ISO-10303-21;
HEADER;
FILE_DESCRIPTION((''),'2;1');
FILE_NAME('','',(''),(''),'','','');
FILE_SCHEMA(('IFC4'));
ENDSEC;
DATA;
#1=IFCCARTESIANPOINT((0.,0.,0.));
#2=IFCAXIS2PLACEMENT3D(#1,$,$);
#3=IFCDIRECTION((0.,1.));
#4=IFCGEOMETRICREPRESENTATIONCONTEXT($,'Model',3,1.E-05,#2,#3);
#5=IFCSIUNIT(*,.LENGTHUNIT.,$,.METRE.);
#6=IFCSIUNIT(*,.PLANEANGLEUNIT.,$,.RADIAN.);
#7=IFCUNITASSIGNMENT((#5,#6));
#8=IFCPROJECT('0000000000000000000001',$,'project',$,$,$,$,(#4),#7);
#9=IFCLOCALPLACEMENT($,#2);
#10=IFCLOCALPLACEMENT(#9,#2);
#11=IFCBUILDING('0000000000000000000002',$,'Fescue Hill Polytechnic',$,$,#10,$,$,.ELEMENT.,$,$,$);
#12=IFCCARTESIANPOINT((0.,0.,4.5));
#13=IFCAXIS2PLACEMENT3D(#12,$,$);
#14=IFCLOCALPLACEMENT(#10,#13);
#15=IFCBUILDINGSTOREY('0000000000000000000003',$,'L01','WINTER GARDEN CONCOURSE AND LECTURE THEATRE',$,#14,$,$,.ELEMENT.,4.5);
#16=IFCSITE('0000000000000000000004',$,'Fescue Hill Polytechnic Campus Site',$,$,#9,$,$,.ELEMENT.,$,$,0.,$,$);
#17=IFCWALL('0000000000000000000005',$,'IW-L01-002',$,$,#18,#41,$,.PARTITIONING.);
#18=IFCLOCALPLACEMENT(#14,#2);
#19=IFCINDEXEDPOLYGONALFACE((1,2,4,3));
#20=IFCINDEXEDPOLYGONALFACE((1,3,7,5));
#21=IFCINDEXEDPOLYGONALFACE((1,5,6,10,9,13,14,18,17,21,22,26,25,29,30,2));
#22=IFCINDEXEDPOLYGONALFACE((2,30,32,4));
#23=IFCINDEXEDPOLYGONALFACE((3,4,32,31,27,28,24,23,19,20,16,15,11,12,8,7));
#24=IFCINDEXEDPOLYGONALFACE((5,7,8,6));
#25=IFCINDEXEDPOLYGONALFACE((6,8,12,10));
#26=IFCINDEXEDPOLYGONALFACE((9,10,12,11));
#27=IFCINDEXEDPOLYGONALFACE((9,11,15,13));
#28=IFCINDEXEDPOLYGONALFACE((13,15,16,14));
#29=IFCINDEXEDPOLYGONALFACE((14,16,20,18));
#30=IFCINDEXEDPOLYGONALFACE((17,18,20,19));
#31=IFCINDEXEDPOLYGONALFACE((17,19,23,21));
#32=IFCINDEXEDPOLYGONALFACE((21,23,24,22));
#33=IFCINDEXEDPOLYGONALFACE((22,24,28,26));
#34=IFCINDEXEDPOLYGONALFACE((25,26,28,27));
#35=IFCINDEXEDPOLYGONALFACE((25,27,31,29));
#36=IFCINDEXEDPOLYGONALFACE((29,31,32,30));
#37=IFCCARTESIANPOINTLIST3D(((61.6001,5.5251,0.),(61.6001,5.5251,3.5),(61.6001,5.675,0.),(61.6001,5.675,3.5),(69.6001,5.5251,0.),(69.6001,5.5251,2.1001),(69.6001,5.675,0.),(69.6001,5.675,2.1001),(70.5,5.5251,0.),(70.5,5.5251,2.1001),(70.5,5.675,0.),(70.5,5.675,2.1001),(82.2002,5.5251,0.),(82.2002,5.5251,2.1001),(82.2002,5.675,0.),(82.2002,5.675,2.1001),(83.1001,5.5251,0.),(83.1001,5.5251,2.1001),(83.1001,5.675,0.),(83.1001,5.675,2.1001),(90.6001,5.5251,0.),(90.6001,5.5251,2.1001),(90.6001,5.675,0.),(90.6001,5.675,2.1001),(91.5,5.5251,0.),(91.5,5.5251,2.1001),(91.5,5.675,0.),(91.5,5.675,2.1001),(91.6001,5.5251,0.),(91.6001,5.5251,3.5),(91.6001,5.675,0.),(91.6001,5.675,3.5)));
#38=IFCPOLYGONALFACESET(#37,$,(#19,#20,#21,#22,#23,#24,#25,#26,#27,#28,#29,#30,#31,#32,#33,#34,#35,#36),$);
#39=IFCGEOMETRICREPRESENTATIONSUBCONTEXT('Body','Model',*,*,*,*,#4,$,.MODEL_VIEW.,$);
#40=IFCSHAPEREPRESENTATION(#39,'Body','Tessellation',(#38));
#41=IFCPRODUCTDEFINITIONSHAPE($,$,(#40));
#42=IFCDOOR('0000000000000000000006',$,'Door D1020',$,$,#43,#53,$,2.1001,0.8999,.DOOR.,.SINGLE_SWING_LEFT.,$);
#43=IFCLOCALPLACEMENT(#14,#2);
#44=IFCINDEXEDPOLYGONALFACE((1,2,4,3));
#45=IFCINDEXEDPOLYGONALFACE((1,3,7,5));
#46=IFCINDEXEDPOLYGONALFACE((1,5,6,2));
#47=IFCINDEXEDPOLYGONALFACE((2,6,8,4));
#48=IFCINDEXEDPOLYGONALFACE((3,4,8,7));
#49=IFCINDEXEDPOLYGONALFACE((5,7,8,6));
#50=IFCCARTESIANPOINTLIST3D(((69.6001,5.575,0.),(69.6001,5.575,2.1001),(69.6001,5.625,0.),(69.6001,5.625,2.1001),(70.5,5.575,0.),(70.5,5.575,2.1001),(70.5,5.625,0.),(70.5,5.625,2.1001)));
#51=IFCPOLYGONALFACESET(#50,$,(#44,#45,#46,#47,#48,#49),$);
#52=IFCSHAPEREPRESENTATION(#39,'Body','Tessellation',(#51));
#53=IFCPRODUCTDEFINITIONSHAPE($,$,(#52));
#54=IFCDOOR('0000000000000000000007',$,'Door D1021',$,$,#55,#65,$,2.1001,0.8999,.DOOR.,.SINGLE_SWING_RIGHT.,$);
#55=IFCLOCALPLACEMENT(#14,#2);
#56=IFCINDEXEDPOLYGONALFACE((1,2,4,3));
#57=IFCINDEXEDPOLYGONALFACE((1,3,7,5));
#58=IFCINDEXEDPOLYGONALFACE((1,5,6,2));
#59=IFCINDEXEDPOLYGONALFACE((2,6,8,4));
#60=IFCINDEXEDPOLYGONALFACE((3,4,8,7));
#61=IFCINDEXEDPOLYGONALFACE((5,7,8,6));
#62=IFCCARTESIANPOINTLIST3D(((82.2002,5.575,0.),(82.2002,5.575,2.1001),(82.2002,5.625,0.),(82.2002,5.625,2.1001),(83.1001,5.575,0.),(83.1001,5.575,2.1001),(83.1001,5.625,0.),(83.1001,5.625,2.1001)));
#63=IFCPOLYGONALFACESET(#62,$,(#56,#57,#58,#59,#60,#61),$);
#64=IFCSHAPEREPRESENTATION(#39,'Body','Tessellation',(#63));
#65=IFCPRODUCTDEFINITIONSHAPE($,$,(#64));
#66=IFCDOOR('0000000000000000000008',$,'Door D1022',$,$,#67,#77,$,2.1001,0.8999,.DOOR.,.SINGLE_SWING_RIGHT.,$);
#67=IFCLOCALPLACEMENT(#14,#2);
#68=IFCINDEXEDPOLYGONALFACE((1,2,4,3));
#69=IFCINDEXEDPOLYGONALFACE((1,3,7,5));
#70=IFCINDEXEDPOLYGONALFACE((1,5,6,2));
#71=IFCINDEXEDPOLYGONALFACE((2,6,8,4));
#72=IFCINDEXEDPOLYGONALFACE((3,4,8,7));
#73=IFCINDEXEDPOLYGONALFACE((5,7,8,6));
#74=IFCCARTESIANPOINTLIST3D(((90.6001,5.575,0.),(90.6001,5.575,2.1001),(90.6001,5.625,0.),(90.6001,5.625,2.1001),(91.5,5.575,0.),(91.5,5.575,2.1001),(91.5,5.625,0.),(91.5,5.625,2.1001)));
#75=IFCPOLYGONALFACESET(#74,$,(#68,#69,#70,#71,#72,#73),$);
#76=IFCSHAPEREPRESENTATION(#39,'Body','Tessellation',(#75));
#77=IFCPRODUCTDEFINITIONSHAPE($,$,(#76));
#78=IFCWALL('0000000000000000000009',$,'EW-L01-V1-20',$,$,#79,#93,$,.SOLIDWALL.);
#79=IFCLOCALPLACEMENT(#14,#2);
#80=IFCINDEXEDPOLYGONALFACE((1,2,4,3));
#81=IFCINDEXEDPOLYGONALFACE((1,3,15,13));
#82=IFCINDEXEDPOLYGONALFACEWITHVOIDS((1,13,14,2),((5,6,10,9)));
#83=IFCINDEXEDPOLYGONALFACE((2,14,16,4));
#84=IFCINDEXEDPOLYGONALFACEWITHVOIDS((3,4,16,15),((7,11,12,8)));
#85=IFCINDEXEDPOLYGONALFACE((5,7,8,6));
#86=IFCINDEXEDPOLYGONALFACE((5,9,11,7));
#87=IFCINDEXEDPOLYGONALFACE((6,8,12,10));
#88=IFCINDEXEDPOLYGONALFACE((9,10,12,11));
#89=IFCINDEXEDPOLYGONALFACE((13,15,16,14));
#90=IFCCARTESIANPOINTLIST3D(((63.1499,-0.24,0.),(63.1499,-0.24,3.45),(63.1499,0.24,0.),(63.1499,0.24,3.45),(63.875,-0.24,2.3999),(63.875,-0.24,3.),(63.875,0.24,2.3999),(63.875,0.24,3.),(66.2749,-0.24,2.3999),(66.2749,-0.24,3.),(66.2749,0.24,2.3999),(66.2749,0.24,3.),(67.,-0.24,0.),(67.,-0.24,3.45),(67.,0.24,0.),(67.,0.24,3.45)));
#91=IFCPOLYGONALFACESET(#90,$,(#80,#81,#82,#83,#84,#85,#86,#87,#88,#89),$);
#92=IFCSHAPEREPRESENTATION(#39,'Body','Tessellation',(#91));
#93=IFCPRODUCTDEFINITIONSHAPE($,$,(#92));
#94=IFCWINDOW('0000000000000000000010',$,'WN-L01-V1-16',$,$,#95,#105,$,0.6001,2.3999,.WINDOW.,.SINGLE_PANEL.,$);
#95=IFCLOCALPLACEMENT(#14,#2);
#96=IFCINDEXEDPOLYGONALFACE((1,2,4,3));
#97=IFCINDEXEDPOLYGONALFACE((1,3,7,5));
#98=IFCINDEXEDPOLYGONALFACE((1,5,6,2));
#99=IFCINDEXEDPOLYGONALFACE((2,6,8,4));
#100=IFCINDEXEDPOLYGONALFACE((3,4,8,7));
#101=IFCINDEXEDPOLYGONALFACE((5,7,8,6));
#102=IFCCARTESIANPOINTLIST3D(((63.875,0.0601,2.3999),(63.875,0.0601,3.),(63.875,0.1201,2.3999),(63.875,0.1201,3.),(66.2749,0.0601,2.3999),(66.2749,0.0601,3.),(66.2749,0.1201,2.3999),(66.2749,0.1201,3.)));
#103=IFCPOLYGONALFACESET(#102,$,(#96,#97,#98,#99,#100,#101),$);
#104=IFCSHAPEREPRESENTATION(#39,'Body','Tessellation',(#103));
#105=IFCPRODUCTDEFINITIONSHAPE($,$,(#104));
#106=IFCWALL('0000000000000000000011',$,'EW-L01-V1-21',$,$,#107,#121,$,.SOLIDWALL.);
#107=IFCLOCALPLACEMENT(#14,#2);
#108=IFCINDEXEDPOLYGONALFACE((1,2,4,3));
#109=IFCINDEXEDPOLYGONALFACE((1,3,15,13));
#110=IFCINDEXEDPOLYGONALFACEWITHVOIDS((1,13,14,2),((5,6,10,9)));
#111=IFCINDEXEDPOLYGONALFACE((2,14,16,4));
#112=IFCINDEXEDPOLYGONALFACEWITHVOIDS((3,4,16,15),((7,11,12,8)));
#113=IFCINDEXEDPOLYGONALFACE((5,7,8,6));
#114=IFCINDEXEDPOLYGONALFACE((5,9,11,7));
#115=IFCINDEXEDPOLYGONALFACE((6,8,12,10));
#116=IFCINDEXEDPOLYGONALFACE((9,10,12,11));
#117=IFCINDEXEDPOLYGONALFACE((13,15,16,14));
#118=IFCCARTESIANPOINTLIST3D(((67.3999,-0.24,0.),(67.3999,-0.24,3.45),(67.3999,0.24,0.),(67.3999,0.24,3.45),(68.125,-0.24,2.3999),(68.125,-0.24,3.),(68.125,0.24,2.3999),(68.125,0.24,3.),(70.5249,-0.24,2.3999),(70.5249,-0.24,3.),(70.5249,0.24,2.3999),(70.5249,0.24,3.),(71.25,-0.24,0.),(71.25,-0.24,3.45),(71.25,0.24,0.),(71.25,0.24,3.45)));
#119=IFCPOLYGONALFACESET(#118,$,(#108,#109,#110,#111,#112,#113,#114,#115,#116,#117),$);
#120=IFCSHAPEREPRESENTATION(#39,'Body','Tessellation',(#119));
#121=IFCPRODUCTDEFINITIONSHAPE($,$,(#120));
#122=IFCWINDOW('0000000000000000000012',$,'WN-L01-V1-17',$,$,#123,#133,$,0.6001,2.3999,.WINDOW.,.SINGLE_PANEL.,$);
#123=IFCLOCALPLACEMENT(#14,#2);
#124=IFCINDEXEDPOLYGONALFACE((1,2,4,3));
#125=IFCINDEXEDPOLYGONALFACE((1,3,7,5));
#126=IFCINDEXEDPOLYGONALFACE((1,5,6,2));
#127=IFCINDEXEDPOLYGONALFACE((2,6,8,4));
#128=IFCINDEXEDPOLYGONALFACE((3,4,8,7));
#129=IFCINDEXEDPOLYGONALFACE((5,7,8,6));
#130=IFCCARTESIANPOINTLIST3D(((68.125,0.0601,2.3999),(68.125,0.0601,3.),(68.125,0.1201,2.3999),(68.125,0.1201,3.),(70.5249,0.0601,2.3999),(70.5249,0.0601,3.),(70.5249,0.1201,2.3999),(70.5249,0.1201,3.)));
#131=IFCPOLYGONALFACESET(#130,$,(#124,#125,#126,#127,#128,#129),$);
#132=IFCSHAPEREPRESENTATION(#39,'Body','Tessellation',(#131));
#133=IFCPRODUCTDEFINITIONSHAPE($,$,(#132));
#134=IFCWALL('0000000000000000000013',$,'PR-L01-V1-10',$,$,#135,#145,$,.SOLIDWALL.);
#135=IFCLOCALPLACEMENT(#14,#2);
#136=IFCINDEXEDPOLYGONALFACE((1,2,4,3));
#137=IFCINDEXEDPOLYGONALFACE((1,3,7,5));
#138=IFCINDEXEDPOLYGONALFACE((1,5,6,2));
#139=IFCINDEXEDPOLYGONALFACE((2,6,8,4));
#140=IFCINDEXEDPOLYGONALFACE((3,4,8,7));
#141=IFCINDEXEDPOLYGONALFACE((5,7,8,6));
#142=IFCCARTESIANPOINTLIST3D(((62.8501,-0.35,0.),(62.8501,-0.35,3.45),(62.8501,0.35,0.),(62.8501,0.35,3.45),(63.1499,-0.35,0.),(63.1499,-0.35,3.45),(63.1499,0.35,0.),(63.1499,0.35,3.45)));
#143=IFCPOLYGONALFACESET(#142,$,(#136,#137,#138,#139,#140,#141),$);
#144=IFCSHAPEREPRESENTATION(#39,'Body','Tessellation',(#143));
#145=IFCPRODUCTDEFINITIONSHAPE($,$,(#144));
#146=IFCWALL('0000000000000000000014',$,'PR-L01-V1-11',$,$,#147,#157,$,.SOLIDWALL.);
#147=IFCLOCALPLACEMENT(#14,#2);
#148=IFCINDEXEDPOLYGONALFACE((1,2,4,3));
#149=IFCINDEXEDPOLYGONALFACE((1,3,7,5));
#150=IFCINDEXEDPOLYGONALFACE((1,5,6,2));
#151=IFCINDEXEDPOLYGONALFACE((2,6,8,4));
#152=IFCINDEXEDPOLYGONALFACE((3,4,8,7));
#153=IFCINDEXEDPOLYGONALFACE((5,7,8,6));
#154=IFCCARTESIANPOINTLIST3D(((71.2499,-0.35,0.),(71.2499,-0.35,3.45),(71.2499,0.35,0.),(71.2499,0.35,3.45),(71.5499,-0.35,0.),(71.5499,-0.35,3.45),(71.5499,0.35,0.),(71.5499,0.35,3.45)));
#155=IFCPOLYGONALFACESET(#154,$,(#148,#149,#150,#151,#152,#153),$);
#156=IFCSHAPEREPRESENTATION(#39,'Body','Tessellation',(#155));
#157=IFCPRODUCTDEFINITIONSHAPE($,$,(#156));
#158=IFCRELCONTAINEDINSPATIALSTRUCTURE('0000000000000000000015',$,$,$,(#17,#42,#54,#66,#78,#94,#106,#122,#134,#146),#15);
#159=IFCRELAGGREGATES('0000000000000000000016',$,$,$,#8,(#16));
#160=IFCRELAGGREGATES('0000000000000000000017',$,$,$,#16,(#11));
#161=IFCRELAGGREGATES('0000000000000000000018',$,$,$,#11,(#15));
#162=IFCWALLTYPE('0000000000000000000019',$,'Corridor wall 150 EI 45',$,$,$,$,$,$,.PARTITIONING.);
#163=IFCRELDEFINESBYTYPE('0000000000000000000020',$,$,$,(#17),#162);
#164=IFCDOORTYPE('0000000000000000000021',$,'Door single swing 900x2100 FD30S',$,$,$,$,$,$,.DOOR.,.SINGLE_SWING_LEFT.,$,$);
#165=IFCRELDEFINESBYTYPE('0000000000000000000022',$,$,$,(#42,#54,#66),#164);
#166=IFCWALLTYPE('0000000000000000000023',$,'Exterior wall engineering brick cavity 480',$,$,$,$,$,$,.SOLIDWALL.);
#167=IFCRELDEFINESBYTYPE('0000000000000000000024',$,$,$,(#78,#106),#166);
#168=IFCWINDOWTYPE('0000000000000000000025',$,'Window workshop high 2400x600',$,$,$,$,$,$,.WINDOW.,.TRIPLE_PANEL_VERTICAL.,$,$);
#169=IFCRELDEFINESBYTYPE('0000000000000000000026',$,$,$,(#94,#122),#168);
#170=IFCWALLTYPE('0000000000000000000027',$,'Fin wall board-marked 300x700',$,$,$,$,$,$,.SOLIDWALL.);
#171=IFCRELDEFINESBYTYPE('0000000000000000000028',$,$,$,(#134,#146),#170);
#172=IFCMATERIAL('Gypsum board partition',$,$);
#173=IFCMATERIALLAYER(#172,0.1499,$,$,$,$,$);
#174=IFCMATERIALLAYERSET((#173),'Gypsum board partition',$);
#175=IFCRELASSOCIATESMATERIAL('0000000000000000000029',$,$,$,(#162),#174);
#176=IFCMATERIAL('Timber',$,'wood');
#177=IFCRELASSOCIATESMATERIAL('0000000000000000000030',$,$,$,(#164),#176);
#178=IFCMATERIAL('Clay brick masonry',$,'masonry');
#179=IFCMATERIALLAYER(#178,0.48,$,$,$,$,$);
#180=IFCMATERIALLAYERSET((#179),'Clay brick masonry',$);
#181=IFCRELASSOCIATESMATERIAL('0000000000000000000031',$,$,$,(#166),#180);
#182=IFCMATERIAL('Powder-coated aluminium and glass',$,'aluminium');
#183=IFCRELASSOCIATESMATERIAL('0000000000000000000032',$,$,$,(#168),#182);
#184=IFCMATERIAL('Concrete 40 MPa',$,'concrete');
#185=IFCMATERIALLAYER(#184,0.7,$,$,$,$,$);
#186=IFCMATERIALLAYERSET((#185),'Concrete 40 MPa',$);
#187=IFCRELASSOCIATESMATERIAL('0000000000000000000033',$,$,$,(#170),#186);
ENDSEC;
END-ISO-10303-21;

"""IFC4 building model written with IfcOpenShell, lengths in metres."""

from ifc_helpers import new_model, si_unit, direction, frame, frame_2d, origin, place, context, subcontext, project, spatial, rectangle, extrude, material, layer, layer_set, type_object, element, fill, save


model = new_model("IFC4")

# Units and contexts
model_context = context("Model", 3, precision=1e-05, world=origin(), true_north=direction((0.0, 1.0)))
body_context = subcontext(model_context, "Body", "Model", "MODEL_VIEW")
ifc_project = project(units=[si_unit("LENGTHUNIT", "METRE"), si_unit("PLANEANGLEUNIT", "RADIAN")], contexts=[model_context])

# Site, building, storey
site_placement = place(None, origin())
site = spatial("IfcSite", under=ifc_project, at=site_placement, Name="Fescue Hill Polytechnic Campus Site", CompositionType="ELEMENT", RefElevation=0.0)
building_placement = place(site_placement, origin())
building = spatial("IfcBuilding", under=site, at=building_placement, Name="Fescue Hill Polytechnic", CompositionType="ELEMENT")
storey_placement = place(building_placement, frame((0.0, 0.0, 4.5)))
storey = spatial("IfcBuildingStorey", under=building, at=storey_placement, Name="L01", Description="WINTER GARDEN CONCOURSE AND LECTURE THEATRE", CompositionType="ELEMENT", Elevation=4.5)

# Shared definitions
ifc_material_1 = material(Name="Concrete 40 MPa", Category="concrete")

# Wall, openings, doors
ifc_material_2 = material(Name="Gypsum board partition")
ifc_layer_1 = layer(ifc_material_2, 0.1499)
ifc_layer_set_1 = layer_set([ifc_layer_1], Name="Gypsum board partition")
wall_type_1 = type_object("IfcWallType", Name="Corridor wall 150 EI 45", PredefinedType="PARTITIONING", material=ifc_layer_set_1)
wall_1_placement = place(storey_placement, frame((61.6001, 5.6001, 0.0), z_axis=(0.0, 0.0, 1.0), x_axis=(1.0, 0.0, 0.0)))
wall_1 = element("IfcWall", 1, at=wall_1_placement, inside=storey, type_object=wall_type_1, Name="IW-L01-002", PredefinedType="PARTITIONING", context=body_context, shape_type="SweptSolid", body=[
    extrude(rectangle(XDim=30.0, YDim=0.1499, at=frame_2d((15.0, 0.0))), origin(), (0.0, 0.0, 1.0), 3.5),
])
opening_1_placement = place(wall_1_placement, frame((8.0, 0.0, 0.0)))
opening_1 = element("IfcOpeningElement", 2, at=opening_1_placement, cuts=wall_1, PredefinedType="OPENING", context=body_context, shape_type="SweptSolid", body=[
    extrude(rectangle(XDim=0.8999, YDim=2.1001, at=frame_2d((0.45, 1.05))), frame((0.0, 0.085, 0.0), z_axis=(0.0, -1.0, 0.0), x_axis=(1.0, 0.0, 0.0)), (0.0, 0.0, 1.0), 0.1699),
])
opening_2_placement = place(wall_1_placement, frame((20.6001, 0.0, 0.0)))
opening_2 = element("IfcOpeningElement", 3, at=opening_2_placement, cuts=wall_1, PredefinedType="OPENING", context=body_context, shape_type="SweptSolid", body=[
    extrude(rectangle(XDim=0.8999, YDim=2.1001, at=frame_2d((0.45, 1.05))), frame((0.0, 0.085, 0.0), z_axis=(0.0, -1.0, 0.0), x_axis=(1.0, 0.0, 0.0)), (0.0, 0.0, 1.0), 0.1699),
])
opening_3_placement = place(wall_1_placement, frame((29.0, 0.0, 0.0)))
opening_3 = element("IfcOpeningElement", 4, at=opening_3_placement, cuts=wall_1, PredefinedType="OPENING", context=body_context, shape_type="SweptSolid", body=[
    extrude(rectangle(XDim=0.8999, YDim=2.1001, at=frame_2d((0.45, 1.05))), frame((0.0, 0.085, 0.0), z_axis=(0.0, -1.0, 0.0), x_axis=(1.0, 0.0, 0.0)), (0.0, 0.0, 1.0), 0.1699),
])
ifc_material_3 = material(Name="Timber", Category="wood")
door_type_1 = type_object("IfcDoorType", Name="Door single swing 900x2100 FD30S", OperationType="SINGLE_SWING_LEFT", PredefinedType="DOOR", material=ifc_material_3)
door_1_placement = place(opening_1_placement, origin())
door_1 = element("IfcDoor", 5, at=door_1_placement, inside=storey, type_object=door_type_1, Name="Door D1020", OperationType="SINGLE_SWING_LEFT", OverallHeight=2.1001, OverallWidth=0.8999, PredefinedType="DOOR", context=body_context, shape_type="SweptSolid", body=[
    extrude(rectangle(XDim=0.8999, YDim=2.1001, at=frame_2d((0.45, 1.05))), frame((0.0, 0.0249, 0.0), z_axis=(0.0, -1.0, 0.0), x_axis=(1.0, 0.0, 0.0)), (0.0, 0.0, 1.0), 0.05),
])
fill(opening_1, door_1)
door_2_placement = place(opening_2_placement, origin())
door_2 = element("IfcDoor", 6, at=door_2_placement, inside=storey, type_object=door_type_1, Name="Door D1021", OperationType="SINGLE_SWING_RIGHT", OverallHeight=2.1001, OverallWidth=0.8999, PredefinedType="DOOR", context=body_context, shape_type="SweptSolid", body=[
    extrude(rectangle(XDim=0.8999, YDim=2.1001, at=frame_2d((0.45, 1.05))), frame((0.0, 0.0249, 0.0), z_axis=(0.0, -1.0, 0.0), x_axis=(1.0, 0.0, 0.0)), (0.0, 0.0, 1.0), 0.05),
])
fill(opening_2, door_2)
door_3_placement = place(opening_3_placement, origin())
door_3 = element("IfcDoor", 7, at=door_3_placement, inside=storey, type_object=door_type_1, Name="Door D1022", OperationType="SINGLE_SWING_RIGHT", OverallHeight=2.1001, OverallWidth=0.8999, PredefinedType="DOOR", context=body_context, shape_type="SweptSolid", body=[
    extrude(rectangle(XDim=0.8999, YDim=2.1001, at=frame_2d((0.45, 1.05))), frame((0.0, 0.0249, 0.0), z_axis=(0.0, -1.0, 0.0), x_axis=(1.0, 0.0, 0.0)), (0.0, 0.0, 1.0), 0.05),
])
fill(opening_3, door_3)

# Walls, openings, windows
ifc_material_4 = material(Name="Clay brick masonry", Category="masonry")
ifc_layer_2 = layer(ifc_material_4, 0.48)
ifc_layer_set_2 = layer_set([ifc_layer_2], Name="Clay brick masonry")
wall_type_2 = type_object("IfcWallType", Name="Exterior wall engineering brick cavity 480", PredefinedType="SOLIDWALL", material=ifc_layer_set_2)
wall_2_placement = place(storey_placement, frame((63.1499, 0.0, 0.0), z_axis=(0.0, 0.0, 1.0), x_axis=(1.0, 0.0, 0.0)))
wall_2 = element("IfcWall", 8, at=wall_2_placement, inside=storey, type_object=wall_type_2, Name="EW-L01-V1-20", PredefinedType="SOLIDWALL", context=body_context, shape_type="SweptSolid", body=[
    extrude(rectangle(XDim=3.8501, YDim=0.48, at=frame_2d((1.925, 0.0))), origin(), (0.0, 0.0, 1.0), 3.45),
])
opening_4_placement = place(wall_2_placement, frame((0.7251, 0.0, 2.3999)))
opening_4 = element("IfcOpeningElement", 9, at=opening_4_placement, cuts=wall_2, PredefinedType="OPENING", context=body_context, shape_type="SweptSolid", body=[
    extrude(rectangle(XDim=2.3999, YDim=0.6001, at=frame_2d((1.2, 0.3))), frame((0.0, 0.25, 0.0), z_axis=(0.0, -1.0, 0.0), x_axis=(1.0, 0.0, 0.0)), (0.0, 0.0, 1.0), 0.5),
])
ifc_material_5 = material(Name="Powder-coated aluminium and glass", Category="aluminium")
window_type = type_object("IfcWindowType", Name="Window workshop high 2400x600", PartitioningType="TRIPLE_PANEL_VERTICAL", PredefinedType="WINDOW", material=ifc_material_5)
window_1_placement = place(opening_4_placement, origin())
window_1 = element("IfcWindow", 10, at=window_1_placement, inside=storey, type_object=window_type, Name="WN-L01-V1-16", OverallHeight=0.6001, OverallWidth=2.3999, PartitioningType="SINGLE_PANEL", PredefinedType="WINDOW", context=body_context, shape_type="SweptSolid", body=[
    extrude(rectangle(XDim=2.3999, YDim=0.6001, at=frame_2d((1.2, 0.3))), frame((0.0, 0.1201, 0.0), z_axis=(0.0, -1.0, 0.0), x_axis=(1.0, 0.0, 0.0)), (0.0, 0.0, 1.0), 0.0601),
])
fill(opening_4, window_1)
wall_3_placement = place(storey_placement, frame((67.3999, 0.0, 0.0), z_axis=(0.0, 0.0, 1.0), x_axis=(1.0, 0.0, 0.0)))
wall_3 = element("IfcWall", 11, at=wall_3_placement, inside=storey, type_object=wall_type_2, Name="EW-L01-V1-21", PredefinedType="SOLIDWALL", context=body_context, shape_type="SweptSolid", body=[
    extrude(rectangle(XDim=3.8501, YDim=0.48, at=frame_2d((1.925, 0.0))), origin(), (0.0, 0.0, 1.0), 3.45),
])
opening_5_placement = place(wall_3_placement, frame((0.7251, 0.0, 2.3999)))
opening_5 = element("IfcOpeningElement", 12, at=opening_5_placement, cuts=wall_3, PredefinedType="OPENING", context=body_context, shape_type="SweptSolid", body=[
    extrude(rectangle(XDim=2.3999, YDim=0.6001, at=frame_2d((1.2, 0.3))), frame((0.0, 0.25, 0.0), z_axis=(0.0, -1.0, 0.0), x_axis=(1.0, 0.0, 0.0)), (0.0, 0.0, 1.0), 0.5),
])
window_2_placement = place(opening_5_placement, origin())
window_2 = element("IfcWindow", 13, at=window_2_placement, inside=storey, type_object=window_type, Name="WN-L01-V1-17", OverallHeight=0.6001, OverallWidth=2.3999, PartitioningType="SINGLE_PANEL", PredefinedType="WINDOW", context=body_context, shape_type="SweptSolid", body=[
    extrude(rectangle(XDim=2.3999, YDim=0.6001, at=frame_2d((1.2, 0.3))), frame((0.0, 0.1201, 0.0), z_axis=(0.0, -1.0, 0.0), x_axis=(1.0, 0.0, 0.0)), (0.0, 0.0, 1.0), 0.0601),
])
fill(opening_5, window_2)

# Walls
ifc_layer_3 = layer(ifc_material_1, 0.7)
ifc_layer_set_3 = layer_set([ifc_layer_3], Name="Concrete 40 MPa")
wall_type_3 = type_object("IfcWallType", Name="Fin wall board-marked 300x700", PredefinedType="SOLIDWALL", material=ifc_layer_set_3)
wall_4_placement = place(storey_placement, frame((62.8501, 0.0, 0.0), z_axis=(0.0, 0.0, 1.0), x_axis=(1.0, 0.0, 0.0)))
element("IfcWall", 14, at=wall_4_placement, inside=storey, type_object=wall_type_3, Name="PR-L01-V1-10", PredefinedType="SOLIDWALL", context=body_context, shape_type="SweptSolid", body=[
    extrude(rectangle(XDim=0.2998, YDim=0.7, at=frame_2d((0.1499, 0.0))), origin(), (0.0, 0.0, 1.0), 3.45),
])
wall_5_placement = place(storey_placement, frame((71.25, 0.0, 0.0), z_axis=(0.0, 0.0, 1.0), x_axis=(1.0, 0.0, 0.0)))
element("IfcWall", 15, at=wall_5_placement, inside=storey, type_object=wall_type_3, Name="PR-L01-V1-11", PredefinedType="SOLIDWALL", context=body_context, shape_type="SweptSolid", body=[
    extrude(rectangle(XDim=0.3, YDim=0.7, at=frame_2d((0.1499, 0.0))), origin(), (0.0, 0.0, 1.0), 3.45),
])

save(model, "model.ifc")
